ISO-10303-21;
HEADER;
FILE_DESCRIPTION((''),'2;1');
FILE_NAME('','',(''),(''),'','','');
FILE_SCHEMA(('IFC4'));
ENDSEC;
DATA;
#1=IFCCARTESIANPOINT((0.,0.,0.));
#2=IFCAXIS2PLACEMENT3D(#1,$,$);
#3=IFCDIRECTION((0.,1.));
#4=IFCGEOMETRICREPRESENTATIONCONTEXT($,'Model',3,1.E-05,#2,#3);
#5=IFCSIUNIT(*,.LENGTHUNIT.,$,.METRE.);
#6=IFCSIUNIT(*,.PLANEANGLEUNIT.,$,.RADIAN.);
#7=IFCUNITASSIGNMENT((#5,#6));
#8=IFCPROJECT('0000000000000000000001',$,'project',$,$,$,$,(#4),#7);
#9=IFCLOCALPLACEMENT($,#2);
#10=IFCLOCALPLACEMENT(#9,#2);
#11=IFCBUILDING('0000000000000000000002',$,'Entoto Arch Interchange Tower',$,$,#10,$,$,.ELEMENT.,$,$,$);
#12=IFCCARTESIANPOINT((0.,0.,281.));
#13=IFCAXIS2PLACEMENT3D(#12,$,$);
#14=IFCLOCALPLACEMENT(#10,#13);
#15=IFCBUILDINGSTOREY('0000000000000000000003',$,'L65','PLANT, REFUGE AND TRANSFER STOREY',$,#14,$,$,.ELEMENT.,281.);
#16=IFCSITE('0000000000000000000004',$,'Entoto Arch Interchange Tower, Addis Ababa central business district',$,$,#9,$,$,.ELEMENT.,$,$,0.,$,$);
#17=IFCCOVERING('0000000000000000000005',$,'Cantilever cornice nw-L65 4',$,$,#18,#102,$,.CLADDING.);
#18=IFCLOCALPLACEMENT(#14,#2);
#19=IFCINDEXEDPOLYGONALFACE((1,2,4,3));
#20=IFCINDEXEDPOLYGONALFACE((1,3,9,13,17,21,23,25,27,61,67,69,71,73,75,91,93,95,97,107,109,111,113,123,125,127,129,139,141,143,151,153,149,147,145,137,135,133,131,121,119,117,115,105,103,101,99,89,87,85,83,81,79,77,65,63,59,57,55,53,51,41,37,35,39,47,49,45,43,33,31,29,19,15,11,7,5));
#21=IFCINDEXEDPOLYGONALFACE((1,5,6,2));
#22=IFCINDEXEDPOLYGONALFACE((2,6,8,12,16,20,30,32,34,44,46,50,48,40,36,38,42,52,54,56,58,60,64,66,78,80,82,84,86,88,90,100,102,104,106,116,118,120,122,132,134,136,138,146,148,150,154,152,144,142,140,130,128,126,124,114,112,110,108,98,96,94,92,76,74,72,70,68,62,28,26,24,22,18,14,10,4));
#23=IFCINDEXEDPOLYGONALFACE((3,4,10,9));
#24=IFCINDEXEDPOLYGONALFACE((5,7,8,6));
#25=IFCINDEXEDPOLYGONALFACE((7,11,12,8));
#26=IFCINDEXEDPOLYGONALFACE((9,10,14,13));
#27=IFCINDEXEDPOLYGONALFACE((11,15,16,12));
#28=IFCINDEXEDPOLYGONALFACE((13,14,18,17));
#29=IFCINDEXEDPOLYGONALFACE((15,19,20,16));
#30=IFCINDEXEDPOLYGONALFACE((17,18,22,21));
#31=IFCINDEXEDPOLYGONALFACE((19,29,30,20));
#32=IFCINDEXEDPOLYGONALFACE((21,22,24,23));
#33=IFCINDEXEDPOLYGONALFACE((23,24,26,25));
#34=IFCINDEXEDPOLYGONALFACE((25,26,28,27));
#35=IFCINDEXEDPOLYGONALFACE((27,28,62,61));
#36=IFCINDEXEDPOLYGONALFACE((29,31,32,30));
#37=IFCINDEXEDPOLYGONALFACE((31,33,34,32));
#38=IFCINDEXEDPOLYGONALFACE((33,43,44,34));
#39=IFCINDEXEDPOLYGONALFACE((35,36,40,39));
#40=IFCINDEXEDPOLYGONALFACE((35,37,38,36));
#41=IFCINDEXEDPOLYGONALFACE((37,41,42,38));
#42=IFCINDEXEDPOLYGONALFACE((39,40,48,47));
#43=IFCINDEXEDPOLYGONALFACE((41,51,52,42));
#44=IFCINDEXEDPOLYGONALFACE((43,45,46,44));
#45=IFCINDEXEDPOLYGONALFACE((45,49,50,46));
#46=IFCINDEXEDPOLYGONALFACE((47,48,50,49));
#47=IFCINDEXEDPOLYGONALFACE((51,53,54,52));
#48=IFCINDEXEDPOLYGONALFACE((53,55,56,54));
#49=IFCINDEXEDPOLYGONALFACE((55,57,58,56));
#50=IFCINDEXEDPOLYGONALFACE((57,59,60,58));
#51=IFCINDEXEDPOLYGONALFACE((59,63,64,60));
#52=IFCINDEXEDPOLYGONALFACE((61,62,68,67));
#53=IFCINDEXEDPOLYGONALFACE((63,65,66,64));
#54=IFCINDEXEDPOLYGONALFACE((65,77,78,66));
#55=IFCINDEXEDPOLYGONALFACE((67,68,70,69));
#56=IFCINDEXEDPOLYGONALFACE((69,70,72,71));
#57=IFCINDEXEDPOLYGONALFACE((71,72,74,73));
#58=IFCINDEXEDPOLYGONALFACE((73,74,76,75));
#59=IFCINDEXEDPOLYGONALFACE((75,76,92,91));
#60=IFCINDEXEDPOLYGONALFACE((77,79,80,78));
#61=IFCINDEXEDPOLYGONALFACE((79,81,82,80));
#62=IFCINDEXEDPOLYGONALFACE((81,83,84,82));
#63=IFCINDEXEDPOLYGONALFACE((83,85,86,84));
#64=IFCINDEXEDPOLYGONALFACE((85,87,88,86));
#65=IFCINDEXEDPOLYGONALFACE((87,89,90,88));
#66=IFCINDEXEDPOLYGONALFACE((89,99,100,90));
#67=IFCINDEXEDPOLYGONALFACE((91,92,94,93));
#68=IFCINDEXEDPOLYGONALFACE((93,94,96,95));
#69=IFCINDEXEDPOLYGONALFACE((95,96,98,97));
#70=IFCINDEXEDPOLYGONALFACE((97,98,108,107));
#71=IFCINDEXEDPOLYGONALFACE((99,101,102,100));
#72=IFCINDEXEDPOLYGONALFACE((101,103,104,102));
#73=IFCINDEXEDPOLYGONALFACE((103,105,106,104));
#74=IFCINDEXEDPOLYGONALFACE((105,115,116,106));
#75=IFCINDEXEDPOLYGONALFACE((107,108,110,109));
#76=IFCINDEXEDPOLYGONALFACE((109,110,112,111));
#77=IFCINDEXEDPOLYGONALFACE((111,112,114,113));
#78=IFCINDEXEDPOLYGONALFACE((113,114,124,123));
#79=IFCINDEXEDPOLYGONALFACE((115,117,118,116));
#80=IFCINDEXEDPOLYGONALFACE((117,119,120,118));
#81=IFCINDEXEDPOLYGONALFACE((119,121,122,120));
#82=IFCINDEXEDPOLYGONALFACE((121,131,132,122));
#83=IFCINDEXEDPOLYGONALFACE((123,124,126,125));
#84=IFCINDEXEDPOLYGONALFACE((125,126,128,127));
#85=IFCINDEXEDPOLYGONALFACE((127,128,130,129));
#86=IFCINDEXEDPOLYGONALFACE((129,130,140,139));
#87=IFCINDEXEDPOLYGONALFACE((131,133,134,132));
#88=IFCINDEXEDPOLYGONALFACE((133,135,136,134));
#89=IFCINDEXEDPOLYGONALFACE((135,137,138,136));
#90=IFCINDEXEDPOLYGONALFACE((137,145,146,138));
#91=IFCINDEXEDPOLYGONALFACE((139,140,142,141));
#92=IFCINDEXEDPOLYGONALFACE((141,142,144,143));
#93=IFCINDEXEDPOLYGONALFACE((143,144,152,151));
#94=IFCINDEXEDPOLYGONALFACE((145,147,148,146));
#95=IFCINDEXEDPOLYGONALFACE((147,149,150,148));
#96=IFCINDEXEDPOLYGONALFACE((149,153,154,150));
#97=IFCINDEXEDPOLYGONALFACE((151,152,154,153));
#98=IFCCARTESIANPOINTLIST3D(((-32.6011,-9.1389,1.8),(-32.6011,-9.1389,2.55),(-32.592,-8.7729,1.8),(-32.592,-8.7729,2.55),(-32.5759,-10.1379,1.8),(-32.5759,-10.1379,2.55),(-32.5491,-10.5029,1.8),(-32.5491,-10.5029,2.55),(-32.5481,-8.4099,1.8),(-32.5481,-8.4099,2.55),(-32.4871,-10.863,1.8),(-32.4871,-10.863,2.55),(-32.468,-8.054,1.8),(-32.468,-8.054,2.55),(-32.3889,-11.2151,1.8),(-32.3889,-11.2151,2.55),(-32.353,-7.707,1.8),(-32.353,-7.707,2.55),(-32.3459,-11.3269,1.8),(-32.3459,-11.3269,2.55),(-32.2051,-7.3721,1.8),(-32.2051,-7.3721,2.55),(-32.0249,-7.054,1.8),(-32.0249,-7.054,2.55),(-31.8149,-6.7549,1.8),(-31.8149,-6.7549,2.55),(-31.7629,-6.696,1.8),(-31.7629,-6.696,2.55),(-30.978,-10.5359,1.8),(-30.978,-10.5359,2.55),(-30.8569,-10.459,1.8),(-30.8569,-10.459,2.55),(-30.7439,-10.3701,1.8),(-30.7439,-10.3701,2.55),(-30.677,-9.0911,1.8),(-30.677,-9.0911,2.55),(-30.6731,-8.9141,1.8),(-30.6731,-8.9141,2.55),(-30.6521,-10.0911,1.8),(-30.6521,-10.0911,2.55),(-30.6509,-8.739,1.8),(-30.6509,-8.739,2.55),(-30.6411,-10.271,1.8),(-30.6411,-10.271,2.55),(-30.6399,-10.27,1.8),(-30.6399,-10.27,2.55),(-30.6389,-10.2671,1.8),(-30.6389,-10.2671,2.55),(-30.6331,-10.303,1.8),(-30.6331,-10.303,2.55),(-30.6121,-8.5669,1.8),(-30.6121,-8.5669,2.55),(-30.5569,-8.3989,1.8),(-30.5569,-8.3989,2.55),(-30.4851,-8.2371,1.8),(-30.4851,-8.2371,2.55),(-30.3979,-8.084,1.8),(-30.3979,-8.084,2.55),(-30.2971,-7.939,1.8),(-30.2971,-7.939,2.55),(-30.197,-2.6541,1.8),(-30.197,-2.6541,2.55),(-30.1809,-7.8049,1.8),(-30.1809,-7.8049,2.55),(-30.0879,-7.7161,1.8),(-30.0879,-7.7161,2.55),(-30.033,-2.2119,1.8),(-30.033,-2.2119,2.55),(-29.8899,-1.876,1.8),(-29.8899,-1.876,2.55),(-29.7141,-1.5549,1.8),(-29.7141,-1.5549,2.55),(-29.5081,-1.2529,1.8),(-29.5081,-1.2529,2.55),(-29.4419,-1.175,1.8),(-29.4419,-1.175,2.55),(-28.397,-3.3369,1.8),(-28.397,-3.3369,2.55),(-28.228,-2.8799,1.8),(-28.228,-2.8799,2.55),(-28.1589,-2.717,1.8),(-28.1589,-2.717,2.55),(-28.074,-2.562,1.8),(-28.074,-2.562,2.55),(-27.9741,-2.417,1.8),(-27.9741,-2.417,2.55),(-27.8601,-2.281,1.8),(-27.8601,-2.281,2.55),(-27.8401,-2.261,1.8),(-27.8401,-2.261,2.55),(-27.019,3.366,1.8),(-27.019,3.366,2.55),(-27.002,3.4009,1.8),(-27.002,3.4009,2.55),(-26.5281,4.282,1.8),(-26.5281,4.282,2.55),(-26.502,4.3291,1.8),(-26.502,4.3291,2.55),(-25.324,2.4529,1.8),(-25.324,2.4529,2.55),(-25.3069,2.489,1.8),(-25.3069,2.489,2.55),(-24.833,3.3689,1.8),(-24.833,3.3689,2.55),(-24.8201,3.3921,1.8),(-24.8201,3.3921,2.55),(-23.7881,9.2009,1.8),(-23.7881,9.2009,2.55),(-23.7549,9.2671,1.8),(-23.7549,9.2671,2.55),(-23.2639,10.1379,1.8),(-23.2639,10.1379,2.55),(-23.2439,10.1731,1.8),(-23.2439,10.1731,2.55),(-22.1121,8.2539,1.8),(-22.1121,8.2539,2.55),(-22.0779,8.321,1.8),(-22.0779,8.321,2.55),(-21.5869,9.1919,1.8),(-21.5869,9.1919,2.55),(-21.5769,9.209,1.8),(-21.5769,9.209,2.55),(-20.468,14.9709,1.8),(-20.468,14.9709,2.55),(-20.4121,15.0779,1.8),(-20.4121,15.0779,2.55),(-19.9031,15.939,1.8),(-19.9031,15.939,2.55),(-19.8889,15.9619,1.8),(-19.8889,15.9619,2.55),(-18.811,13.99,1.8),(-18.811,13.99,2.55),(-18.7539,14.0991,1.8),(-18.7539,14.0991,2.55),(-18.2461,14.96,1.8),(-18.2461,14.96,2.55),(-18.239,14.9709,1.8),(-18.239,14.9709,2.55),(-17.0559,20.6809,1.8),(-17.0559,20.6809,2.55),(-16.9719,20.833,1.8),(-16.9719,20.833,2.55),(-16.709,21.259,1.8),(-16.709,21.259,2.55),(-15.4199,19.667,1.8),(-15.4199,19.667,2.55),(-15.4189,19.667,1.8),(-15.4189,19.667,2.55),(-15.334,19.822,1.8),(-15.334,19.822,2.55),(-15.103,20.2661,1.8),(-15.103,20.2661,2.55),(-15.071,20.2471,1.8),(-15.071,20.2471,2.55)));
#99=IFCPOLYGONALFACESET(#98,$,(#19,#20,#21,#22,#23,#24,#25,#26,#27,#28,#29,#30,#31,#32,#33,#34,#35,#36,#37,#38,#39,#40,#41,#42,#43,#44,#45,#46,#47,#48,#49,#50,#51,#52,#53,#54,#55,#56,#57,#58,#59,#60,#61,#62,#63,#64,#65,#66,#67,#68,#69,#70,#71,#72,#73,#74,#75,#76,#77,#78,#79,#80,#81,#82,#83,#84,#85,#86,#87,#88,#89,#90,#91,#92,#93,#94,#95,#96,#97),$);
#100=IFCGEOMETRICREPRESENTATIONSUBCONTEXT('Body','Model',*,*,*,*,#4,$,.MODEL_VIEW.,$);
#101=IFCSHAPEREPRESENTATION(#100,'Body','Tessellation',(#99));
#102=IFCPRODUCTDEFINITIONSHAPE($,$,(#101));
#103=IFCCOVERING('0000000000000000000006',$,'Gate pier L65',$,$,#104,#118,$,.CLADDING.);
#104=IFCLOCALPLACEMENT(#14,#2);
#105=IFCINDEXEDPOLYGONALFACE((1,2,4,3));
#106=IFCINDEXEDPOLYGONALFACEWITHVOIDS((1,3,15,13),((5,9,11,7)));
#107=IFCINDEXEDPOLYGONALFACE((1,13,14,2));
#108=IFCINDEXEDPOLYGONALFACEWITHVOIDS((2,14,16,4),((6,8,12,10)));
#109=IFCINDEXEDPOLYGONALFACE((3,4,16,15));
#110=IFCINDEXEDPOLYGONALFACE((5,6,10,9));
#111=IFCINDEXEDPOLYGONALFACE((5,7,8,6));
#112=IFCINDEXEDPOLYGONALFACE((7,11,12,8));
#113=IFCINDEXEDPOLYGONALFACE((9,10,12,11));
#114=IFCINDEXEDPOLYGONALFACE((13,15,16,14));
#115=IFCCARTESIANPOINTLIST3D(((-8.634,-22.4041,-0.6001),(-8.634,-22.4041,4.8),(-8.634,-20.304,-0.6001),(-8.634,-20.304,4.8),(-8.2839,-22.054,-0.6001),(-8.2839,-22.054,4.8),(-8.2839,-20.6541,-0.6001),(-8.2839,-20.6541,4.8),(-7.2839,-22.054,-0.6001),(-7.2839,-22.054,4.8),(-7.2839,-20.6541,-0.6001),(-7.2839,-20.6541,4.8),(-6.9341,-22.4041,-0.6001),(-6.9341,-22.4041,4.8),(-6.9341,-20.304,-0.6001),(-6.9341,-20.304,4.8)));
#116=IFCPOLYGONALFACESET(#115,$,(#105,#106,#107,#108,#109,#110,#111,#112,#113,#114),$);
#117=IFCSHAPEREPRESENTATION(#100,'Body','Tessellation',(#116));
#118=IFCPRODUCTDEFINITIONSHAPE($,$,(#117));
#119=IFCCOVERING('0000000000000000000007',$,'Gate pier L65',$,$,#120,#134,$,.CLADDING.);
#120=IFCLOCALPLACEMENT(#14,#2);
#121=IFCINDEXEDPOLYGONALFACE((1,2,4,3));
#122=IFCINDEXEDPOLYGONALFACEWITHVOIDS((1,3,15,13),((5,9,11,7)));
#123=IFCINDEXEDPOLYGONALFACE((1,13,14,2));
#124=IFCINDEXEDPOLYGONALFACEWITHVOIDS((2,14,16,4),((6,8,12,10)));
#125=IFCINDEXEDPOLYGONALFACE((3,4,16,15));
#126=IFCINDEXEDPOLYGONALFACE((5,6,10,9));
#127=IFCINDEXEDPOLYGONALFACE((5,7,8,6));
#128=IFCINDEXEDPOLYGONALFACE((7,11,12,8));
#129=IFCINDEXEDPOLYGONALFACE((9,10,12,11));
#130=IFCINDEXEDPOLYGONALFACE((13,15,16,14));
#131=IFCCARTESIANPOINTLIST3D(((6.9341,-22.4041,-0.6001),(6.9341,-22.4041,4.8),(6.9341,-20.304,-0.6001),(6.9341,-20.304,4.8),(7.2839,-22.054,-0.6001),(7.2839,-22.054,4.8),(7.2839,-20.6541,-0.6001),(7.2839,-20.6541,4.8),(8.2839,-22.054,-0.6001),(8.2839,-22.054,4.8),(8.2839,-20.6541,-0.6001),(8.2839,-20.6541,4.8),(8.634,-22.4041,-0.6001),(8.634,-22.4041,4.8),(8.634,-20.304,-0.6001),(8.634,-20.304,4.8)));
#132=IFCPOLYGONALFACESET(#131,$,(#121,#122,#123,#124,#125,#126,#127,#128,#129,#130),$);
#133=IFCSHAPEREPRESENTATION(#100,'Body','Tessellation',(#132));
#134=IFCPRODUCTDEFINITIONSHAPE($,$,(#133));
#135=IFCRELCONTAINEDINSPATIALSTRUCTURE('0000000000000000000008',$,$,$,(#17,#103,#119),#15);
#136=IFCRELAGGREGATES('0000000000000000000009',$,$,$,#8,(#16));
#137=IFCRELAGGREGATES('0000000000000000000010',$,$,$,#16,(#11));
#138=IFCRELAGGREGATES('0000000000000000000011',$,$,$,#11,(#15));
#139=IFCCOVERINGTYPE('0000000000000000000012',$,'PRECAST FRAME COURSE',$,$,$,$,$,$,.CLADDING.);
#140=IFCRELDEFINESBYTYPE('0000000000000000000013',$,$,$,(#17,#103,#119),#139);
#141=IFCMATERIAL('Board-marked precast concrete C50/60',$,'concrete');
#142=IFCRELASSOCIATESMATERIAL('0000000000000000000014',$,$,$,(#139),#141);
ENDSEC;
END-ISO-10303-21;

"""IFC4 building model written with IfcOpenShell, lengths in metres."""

from ifc_helpers import new_model, si_unit, direction, frame, origin, place, context, subcontext, project, spatial, polyline, outline, extrude, material, type_object, element, save


model = new_model("IFC4")

# Units and contexts
model_context = context("Model", 3, precision=1e-05, world=origin(), true_north=direction((0.0, 1.0)))
body_context = subcontext(model_context, "Body", "Model", "MODEL_VIEW")
ifc_project = project(units=[si_unit("LENGTHUNIT", "METRE"), si_unit("PLANEANGLEUNIT", "RADIAN")], contexts=[model_context])

# Site, building, storey
site_placement = place(None, origin())
site = spatial("IfcSite", under=ifc_project, at=site_placement, Name="Entoto Arch Interchange Tower, Addis Ababa central business district", CompositionType="ELEMENT", RefElevation=0.0)
building_placement = place(site_placement, origin())
building = spatial("IfcBuilding", under=site, at=building_placement, Name="Entoto Arch Interchange Tower", CompositionType="ELEMENT")
storey_placement = place(building_placement, frame((0.0, 0.0, 281.0)))
storey = spatial("IfcBuildingStorey", under=building, at=storey_placement, Name="L65", Description="PLANT, REFUGE AND TRANSFER STOREY", CompositionType="ELEMENT", Elevation=281.0)

# Coverings
ifc_material_1 = material(Name="Board-marked precast concrete C50/60", Category="concrete")
covering_type = type_object("IfcCoveringType", Name="PRECAST FRAME COURSE", PredefinedType="CLADDING", material=ifc_material_1)
covering_1_placement = place(storey_placement, frame((0.0, 0.0, 1.8)))
element("IfcCovering", 1, at=covering_1_placement, inside=storey, type_object=covering_type, Name="Cantilever cornice nw-L65 4", PredefinedType="CLADDING", context=body_context, shape_type="SweptSolid", body=[
    extrude(outline(polyline([(-30.7439, -10.3701), (-30.8569, -10.459), (-30.978, -10.5359), (-32.3459, -11.3269), (-32.3889, -11.2151), (-32.4871, -10.863), (-32.5491, -10.5029), (-32.5759, -10.1379), (-32.6011, -9.1389), (-32.592, -8.7729), (-32.5481, -8.4099), (-32.468, -8.054), (-32.353, -7.707), (-32.2051, -7.3721), (-32.0249, -7.054), (-31.8149, -6.7549), (-31.7629, -6.696), (-30.197, -2.6541), (-30.033, -2.2119), (-29.8899, -1.876), (-29.7141, -1.5549), (-29.5081, -1.2529), (-29.4419, -1.175), (-27.019, 3.366), (-27.002, 3.4009), (-26.5281, 4.282), (-26.502, 4.3291), (-23.7881, 9.2009), (-23.7549, 9.2671), (-23.2639, 10.1379), (-23.2439, 10.1731), (-20.468, 14.9709), (-20.4121, 15.0779), (-19.9031, 15.939), (-19.8889, 15.9619), (-17.0559, 20.6809), (-16.9719, 20.833), (-16.709, 21.259), (-15.103, 20.2661), (-15.071, 20.2471), (-15.334, 19.822), (-15.4189, 19.667), (-15.4199, 19.667), (-18.239, 14.9709), (-18.2461, 14.96), (-18.7539, 14.0991), (-18.811, 13.99), (-21.5769, 9.209), (-21.5869, 9.1919), (-22.0779, 8.321), (-22.1121, 8.2539), (-24.8201, 3.3921), (-24.833, 3.3689), (-25.3069, 2.489), (-25.324, 2.4529), (-27.8401, -2.261), (-27.8601, -2.281), (-27.9741, -2.417), (-28.074, -2.562), (-28.1589, -2.717), (-28.228, -2.8799), (-28.397, -3.3369), (-30.0879, -7.7161), (-30.1809, -7.8049), (-30.2971, -7.939), (-30.3979, -8.084), (-30.4851, -8.2371), (-30.5569, -8.3989), (-30.6121, -8.5669), (-30.6509, -8.739), (-30.6731, -8.9141), (-30.677, -9.0911), (-30.6521, -10.0911), (-30.6389, -10.2671), (-30.6331, -10.303), (-30.6399, -10.27), (-30.6411, -10.271), (-30.7439, -10.3701)])), origin(), (0.0, 0.0, 1.0), 0.75),
])
covering_2_placement = place(storey_placement, frame((0.0, 0.0, -0.6001)))
element("IfcCovering", 2, at=covering_2_placement, inside=storey, type_object=covering_type, Name="Gate pier L65", PredefinedType="CLADDING", context=body_context, shape_type="SweptSolid", body=[
    extrude(outline(polyline([(-8.634, -20.304), (-6.9341, -20.304), (-6.9341, -22.4041), (-8.634, -22.4041), (-8.634, -20.304)]), holes=[polyline([(-8.2839, -20.6541), (-8.2839, -22.054), (-7.2839, -22.054), (-7.2839, -20.6541), (-8.2839, -20.6541)])]), origin(), (0.0, 0.0, 1.0), 5.4001),
])
covering_3_placement = place(storey_placement, frame((0.0, 0.0, -0.6001)))
element("IfcCovering", 3, at=covering_3_placement, inside=storey, type_object=covering_type, Name="Gate pier L65", PredefinedType="CLADDING", context=body_context, shape_type="SweptSolid", body=[
    extrude(outline(polyline([(6.9341, -20.304), (8.634, -20.304), (8.634, -22.4041), (6.9341, -22.4041), (6.9341, -20.304)]), holes=[polyline([(7.2839, -20.6541), (7.2839, -22.054), (8.2839, -22.054), (8.2839, -20.6541), (7.2839, -20.6541)])]), origin(), (0.0, 0.0, 1.0), 5.4001),
])

save(model, "model.ifc")
